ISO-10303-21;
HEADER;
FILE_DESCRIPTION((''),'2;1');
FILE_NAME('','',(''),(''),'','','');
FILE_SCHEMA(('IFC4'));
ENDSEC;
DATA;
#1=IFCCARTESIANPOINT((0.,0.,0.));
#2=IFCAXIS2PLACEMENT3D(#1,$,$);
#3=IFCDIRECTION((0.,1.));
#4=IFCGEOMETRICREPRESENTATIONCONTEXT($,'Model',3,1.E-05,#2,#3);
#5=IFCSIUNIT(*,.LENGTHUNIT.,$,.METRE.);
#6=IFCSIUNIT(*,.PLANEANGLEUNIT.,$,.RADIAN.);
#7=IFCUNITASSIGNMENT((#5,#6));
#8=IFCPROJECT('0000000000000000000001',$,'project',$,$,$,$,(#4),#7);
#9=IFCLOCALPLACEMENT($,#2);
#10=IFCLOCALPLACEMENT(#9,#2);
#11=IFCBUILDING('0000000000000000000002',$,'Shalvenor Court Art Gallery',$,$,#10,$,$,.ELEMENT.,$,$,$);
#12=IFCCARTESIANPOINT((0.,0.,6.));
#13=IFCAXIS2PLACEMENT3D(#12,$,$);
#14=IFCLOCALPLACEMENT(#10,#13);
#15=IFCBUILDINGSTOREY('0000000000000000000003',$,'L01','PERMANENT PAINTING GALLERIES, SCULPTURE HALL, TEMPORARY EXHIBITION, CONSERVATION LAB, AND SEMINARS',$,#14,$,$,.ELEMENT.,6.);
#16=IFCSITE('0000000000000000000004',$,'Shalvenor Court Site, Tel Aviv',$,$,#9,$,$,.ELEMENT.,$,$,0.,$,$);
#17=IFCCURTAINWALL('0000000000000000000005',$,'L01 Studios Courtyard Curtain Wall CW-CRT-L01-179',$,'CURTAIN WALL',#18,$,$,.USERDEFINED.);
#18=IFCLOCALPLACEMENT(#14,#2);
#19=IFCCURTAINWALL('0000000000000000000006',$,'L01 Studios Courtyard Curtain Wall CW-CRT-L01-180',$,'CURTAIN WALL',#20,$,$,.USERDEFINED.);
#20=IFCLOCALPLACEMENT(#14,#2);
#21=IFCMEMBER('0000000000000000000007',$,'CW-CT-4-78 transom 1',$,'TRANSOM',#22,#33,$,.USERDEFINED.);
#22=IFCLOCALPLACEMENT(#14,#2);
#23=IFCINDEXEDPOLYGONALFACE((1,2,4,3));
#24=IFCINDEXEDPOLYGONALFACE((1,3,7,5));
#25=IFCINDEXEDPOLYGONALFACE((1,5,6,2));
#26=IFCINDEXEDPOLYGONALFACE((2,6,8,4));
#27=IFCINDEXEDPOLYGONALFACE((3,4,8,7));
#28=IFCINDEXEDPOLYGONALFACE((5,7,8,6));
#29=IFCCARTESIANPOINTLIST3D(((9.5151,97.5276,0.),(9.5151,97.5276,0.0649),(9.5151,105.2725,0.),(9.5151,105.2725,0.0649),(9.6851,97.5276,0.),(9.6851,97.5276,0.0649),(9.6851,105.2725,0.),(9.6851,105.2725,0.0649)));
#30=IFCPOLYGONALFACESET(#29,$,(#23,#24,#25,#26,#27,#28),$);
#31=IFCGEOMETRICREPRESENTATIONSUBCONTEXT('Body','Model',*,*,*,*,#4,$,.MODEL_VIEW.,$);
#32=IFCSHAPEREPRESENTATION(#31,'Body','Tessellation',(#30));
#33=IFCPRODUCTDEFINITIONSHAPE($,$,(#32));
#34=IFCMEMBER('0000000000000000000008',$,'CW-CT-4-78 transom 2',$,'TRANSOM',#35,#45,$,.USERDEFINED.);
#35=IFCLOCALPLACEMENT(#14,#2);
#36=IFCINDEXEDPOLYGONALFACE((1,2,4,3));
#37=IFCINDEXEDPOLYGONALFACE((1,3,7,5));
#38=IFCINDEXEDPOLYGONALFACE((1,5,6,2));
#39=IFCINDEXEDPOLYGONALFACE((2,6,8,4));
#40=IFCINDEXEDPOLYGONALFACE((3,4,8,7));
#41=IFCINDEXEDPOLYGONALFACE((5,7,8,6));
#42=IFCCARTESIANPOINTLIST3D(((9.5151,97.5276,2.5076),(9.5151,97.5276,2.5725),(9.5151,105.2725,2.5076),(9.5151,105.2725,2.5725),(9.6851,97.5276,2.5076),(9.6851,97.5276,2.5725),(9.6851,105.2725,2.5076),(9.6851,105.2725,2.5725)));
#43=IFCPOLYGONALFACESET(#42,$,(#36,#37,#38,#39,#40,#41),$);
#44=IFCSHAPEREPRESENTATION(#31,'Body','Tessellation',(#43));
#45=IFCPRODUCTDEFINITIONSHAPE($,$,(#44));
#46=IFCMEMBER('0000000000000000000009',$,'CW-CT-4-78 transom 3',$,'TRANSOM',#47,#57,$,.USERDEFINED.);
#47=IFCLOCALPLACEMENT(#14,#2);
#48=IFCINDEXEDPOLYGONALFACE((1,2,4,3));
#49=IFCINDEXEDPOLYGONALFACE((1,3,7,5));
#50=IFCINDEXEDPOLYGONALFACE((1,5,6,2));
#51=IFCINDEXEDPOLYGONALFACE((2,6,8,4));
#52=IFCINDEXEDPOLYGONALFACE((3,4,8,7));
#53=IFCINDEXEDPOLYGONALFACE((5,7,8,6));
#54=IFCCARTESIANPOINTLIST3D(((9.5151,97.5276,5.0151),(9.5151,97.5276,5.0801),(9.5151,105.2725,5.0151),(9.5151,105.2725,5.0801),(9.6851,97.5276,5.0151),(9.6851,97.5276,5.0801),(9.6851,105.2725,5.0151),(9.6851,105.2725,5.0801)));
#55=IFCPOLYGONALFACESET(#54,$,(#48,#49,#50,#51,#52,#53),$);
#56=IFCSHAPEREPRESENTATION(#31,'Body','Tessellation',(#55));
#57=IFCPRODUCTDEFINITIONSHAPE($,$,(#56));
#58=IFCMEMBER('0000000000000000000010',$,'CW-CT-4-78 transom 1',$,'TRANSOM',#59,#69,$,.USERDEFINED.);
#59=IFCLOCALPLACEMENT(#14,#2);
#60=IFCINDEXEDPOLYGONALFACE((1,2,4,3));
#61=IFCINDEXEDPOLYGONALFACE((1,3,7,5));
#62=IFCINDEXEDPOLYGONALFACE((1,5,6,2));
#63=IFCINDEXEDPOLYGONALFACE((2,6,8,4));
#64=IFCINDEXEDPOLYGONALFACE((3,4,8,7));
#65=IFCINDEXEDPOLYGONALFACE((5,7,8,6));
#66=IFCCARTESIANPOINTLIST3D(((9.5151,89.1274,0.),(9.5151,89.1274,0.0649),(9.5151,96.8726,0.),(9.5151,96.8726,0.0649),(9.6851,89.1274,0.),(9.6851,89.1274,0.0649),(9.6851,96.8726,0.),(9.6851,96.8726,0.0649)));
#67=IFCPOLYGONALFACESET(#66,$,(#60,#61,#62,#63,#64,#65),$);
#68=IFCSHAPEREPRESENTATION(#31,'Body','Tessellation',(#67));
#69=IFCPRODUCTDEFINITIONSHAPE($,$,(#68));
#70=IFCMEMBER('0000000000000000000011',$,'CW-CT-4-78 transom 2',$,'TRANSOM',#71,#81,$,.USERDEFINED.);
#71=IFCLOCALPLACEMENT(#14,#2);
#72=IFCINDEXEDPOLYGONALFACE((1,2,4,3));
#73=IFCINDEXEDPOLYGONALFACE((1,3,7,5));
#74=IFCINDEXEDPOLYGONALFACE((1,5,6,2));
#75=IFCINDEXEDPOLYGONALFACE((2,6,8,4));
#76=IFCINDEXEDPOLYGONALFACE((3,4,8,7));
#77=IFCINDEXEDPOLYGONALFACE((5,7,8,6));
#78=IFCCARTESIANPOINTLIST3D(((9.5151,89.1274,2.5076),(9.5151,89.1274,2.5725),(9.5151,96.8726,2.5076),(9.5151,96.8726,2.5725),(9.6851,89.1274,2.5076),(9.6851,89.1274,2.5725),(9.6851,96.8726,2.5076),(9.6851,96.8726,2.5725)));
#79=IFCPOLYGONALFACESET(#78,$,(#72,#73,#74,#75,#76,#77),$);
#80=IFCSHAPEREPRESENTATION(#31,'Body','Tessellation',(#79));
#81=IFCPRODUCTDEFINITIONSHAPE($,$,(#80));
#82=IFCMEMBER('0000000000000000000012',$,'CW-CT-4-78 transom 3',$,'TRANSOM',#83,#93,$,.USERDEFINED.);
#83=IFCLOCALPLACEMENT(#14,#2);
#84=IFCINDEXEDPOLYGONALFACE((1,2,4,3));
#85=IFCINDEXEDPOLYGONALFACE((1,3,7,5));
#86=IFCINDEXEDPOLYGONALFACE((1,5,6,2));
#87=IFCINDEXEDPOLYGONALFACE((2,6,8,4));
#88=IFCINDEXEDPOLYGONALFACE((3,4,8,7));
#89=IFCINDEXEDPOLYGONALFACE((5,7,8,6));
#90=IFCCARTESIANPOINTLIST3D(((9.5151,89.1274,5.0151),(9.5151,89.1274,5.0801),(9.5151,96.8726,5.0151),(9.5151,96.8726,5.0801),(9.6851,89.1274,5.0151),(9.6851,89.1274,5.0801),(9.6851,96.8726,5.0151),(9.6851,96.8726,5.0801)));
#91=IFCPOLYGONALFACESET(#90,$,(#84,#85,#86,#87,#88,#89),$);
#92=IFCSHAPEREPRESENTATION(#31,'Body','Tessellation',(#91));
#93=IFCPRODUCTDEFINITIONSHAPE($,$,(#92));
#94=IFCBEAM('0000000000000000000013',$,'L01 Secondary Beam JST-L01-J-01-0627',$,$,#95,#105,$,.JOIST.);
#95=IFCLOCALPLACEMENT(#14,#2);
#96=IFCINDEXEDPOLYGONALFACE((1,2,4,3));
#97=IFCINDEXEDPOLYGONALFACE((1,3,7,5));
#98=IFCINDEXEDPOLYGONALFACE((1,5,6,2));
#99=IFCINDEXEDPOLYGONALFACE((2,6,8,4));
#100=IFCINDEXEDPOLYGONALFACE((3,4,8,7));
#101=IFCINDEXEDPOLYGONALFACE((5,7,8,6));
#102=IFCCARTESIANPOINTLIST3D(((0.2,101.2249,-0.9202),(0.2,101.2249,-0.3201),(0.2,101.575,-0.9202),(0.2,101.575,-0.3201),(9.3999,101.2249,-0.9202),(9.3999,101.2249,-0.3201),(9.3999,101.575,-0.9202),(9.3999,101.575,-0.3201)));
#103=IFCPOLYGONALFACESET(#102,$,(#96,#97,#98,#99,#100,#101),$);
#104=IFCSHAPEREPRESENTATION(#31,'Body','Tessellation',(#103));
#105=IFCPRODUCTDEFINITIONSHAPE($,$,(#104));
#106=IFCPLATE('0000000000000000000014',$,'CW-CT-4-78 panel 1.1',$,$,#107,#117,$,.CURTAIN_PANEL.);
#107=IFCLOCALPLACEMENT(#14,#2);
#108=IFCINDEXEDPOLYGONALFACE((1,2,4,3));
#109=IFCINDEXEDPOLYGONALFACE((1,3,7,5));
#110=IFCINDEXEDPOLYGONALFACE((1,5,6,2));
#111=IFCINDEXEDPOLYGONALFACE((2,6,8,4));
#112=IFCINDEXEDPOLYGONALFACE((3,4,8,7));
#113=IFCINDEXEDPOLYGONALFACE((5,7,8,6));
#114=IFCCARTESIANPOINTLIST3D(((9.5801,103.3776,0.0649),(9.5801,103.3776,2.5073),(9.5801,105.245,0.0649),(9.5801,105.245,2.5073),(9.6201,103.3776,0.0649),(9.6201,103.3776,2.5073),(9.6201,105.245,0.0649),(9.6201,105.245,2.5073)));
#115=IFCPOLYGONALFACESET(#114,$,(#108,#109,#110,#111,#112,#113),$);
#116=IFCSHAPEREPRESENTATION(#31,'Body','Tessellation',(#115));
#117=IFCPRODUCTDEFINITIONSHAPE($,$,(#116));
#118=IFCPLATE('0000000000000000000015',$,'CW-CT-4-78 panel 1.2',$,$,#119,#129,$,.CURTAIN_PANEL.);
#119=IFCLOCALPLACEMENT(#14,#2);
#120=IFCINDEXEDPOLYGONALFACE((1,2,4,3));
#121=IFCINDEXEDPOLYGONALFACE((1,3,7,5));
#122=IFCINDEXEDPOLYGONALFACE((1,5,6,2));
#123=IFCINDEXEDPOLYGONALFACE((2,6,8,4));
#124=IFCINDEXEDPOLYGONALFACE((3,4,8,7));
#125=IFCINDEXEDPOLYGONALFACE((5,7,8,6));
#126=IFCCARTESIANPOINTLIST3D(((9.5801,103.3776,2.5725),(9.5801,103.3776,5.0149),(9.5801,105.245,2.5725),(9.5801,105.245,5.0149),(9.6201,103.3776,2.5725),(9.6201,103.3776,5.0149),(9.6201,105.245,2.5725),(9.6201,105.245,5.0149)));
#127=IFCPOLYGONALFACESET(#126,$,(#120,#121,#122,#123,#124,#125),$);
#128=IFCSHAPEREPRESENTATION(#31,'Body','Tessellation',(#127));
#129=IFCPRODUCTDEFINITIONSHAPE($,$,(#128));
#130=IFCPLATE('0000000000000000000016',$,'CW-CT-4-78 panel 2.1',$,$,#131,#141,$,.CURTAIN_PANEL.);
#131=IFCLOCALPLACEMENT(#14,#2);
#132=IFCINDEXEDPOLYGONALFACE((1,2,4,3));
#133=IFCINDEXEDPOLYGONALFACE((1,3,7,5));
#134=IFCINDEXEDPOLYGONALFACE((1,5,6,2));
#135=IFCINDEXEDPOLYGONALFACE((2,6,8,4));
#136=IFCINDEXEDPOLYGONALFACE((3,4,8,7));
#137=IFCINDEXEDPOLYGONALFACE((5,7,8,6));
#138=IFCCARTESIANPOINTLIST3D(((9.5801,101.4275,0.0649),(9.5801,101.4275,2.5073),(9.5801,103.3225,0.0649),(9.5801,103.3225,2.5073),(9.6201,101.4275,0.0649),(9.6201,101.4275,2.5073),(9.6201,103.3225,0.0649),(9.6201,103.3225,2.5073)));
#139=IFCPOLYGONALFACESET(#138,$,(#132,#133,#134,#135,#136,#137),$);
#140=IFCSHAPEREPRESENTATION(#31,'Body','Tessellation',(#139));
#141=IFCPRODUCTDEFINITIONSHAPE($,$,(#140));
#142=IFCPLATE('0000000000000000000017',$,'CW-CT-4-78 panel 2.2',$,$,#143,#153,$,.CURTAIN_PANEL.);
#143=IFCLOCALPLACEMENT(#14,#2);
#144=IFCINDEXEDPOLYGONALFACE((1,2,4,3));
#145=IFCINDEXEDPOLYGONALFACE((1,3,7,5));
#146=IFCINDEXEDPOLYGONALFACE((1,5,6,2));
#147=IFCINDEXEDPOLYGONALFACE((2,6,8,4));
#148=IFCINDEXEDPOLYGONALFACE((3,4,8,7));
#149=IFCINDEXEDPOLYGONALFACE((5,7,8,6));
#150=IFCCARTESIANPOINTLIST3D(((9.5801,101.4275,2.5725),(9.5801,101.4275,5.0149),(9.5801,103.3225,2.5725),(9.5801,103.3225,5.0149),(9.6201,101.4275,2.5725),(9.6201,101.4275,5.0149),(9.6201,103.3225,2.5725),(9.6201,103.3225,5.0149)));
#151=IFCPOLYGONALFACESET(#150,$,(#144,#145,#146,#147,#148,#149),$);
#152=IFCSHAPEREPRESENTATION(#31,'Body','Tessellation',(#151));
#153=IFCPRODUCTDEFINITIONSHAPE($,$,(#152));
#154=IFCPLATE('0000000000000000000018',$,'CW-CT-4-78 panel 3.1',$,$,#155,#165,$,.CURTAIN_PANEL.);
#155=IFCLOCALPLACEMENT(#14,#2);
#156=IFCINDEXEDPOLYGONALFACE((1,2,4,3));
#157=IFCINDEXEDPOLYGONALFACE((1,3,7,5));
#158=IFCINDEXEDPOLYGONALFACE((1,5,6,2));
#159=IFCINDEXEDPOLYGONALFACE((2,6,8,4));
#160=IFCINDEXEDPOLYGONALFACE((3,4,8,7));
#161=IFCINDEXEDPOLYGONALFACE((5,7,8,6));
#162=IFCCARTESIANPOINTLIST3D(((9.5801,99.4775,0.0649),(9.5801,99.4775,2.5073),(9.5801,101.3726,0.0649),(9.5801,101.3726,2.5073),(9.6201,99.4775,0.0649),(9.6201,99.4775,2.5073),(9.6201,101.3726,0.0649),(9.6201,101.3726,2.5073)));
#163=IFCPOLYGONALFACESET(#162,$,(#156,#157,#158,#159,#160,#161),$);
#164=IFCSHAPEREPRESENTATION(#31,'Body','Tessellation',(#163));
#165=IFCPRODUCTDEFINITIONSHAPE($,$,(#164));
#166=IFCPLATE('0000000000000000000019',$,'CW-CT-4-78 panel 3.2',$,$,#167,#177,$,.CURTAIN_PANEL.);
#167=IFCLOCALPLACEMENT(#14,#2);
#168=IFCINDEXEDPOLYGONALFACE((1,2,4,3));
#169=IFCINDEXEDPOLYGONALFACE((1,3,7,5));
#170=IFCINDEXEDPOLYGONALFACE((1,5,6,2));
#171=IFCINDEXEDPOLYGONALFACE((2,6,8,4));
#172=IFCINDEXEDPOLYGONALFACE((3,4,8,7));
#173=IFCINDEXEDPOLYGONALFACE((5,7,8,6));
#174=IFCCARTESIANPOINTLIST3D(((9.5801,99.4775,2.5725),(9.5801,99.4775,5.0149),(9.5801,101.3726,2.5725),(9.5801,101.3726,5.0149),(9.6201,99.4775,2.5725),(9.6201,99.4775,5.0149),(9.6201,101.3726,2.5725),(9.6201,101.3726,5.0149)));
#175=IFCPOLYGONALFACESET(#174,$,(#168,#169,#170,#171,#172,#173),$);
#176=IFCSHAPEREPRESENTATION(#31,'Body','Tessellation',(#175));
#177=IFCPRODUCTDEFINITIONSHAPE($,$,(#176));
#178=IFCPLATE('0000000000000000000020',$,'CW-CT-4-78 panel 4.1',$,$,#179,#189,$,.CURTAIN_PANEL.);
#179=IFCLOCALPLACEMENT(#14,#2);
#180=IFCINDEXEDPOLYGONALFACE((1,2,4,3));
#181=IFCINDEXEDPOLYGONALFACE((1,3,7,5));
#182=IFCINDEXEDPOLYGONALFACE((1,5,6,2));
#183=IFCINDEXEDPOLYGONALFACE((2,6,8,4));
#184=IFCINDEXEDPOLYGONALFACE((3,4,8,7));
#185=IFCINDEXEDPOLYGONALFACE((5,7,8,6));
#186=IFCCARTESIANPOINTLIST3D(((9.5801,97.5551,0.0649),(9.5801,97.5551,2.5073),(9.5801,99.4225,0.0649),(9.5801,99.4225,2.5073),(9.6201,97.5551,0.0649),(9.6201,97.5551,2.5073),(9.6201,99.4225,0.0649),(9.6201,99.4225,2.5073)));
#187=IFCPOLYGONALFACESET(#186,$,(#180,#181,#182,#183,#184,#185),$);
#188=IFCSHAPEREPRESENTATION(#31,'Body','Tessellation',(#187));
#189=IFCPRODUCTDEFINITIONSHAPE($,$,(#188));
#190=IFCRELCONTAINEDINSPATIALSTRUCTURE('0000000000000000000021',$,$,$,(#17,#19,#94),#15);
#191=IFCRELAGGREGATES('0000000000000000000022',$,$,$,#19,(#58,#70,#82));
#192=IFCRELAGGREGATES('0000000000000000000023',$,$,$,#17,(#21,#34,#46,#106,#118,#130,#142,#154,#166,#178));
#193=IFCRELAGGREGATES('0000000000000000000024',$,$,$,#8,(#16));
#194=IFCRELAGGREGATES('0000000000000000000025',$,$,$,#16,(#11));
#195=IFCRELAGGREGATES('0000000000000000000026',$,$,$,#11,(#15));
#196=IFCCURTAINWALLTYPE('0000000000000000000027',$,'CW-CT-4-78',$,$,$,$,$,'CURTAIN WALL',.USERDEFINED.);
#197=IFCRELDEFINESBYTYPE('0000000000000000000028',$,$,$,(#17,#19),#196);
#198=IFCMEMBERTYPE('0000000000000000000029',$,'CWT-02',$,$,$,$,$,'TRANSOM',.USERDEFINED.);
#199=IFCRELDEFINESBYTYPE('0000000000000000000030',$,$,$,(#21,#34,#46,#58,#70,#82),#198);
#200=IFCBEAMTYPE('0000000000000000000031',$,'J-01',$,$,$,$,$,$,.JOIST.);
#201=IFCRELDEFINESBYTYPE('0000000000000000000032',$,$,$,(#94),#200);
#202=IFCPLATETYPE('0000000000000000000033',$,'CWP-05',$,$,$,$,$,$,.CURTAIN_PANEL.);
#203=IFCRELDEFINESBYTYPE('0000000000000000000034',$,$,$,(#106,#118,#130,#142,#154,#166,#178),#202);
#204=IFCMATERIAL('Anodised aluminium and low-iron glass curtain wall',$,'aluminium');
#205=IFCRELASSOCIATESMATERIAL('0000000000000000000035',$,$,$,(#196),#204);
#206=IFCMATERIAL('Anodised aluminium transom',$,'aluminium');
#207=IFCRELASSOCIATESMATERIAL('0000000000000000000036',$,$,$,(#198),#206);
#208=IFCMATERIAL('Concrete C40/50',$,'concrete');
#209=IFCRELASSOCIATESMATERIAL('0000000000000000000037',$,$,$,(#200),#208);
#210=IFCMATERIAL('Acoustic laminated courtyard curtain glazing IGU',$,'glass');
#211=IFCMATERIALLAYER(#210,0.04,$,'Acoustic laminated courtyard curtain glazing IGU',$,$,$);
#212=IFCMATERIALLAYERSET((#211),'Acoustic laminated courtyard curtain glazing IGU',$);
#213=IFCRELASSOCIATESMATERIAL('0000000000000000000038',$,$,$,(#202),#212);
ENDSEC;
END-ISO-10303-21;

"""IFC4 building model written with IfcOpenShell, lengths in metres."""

from ifc_helpers import new_model, si_unit, direction, frame, origin, origin_2d, place, context, subcontext, project, spatial, rectangle, extrude, material, layer, layer_set, material_profile, profile_set, type_object, element, aggregate, save


model = new_model("IFC4")

# Units and contexts
model_context = context("Model", 3, precision=1e-05, world=origin(), true_north=direction((0.0, 1.0)))
body_context = subcontext(model_context, "Body", "Model", "MODEL_VIEW")
ifc_project = project(units=[si_unit("LENGTHUNIT", "METRE"), si_unit("PLANEANGLEUNIT", "RADIAN")], contexts=[model_context])

# Site, building, storey
site_placement = place(None, origin())
site = spatial("IfcSite", under=ifc_project, at=site_placement, Name="Shalvenor Court Site, Tel Aviv", CompositionType="ELEMENT", RefElevation=0.0)
building_placement = place(site_placement, origin())
building = spatial("IfcBuilding", under=site, at=building_placement, Name="Shalvenor Court Art Gallery", CompositionType="ELEMENT")
storey_placement = place(building_placement, frame((0.0, 0.0, 6.0)))
storey = spatial("IfcBuildingStorey", under=building, at=storey_placement, Name="L01", Description="PERMANENT PAINTING GALLERIES, SCULPTURE HALL, TEMPORARY EXHIBITION, CONSERVATION LAB, AND SEMINARS", CompositionType="ELEMENT", Elevation=6.0)

# Curtain wall
ifc_material_1 = material(Name="Anodised aluminium and low-iron glass curtain wall", Category="aluminium")
curtain_wall_type_1 = type_object("IfcCurtainWallType", Name="CW-CT-4-78", ElementType="CURTAIN WALL", PredefinedType="USERDEFINED", material=ifc_material_1)
curtain_wall_1_placement = place(storey_placement, origin())
curtain_wall_1 = element("IfcCurtainWall", 1, at=curtain_wall_1_placement, inside=storey, type_object=curtain_wall_type_1, Name="L01 Studios Courtyard Curtain Wall CW-CRT-L01-179", ObjectType="CURTAIN WALL", PredefinedType="USERDEFINED")

# Curtain wall
curtain_wall_2_placement = place(storey_placement, origin())
curtain_wall_2 = element("IfcCurtainWall", 2, at=curtain_wall_2_placement, inside=storey, type_object=curtain_wall_type_1, Name="L01 Studios Courtyard Curtain Wall CW-CRT-L01-180", ObjectType="CURTAIN WALL", PredefinedType="USERDEFINED")

# Members
ifc_material_2 = material(Name="Anodised aluminium transom", Category="aluminium")
ifc_material_profile_1 = material_profile(ifc_material_2, rectangle(XDim=0.1699, YDim=0.0649, at=origin_2d()), Name="CWT-02")
ifc_profile_set_1 = profile_set([ifc_material_profile_1], Name="Anodised aluminium transom")
member_type_1 = type_object("IfcMemberType", Name="CWT-02", ElementType="TRANSOM", PredefinedType="USERDEFINED", material=ifc_profile_set_1)
member_1_placement = place(storey_placement, frame((9.6001, 105.2725, 0.0325), z_axis=(0.0, -1.0, 0.0), x_axis=(1.0, 0.0, 0.0)))
member_1 = element("IfcMember", 3, at=member_1_placement, type_object=member_type_1, Name="CW-CT-4-78 transom 1", ObjectType="TRANSOM", PredefinedType="USERDEFINED", context=body_context, shape_type="SweptSolid", body=[
    extrude(rectangle(XDim=0.1699, YDim=0.0649, at=origin_2d()), origin(), (0.0, 0.0, 1.0), 7.7449),
])
member_2_placement = place(storey_placement, frame((9.6001, 105.2725, 2.54), z_axis=(0.0, -1.0, 0.0), x_axis=(1.0, 0.0, 0.0)))
member_2 = element("IfcMember", 4, at=member_2_placement, type_object=member_type_1, Name="CW-CT-4-78 transom 2", ObjectType="TRANSOM", PredefinedType="USERDEFINED", context=body_context, shape_type="SweptSolid", body=[
    extrude(rectangle(XDim=0.1699, YDim=0.0649, at=origin_2d()), origin(), (0.0, 0.0, 1.0), 7.7449),
])
member_3_placement = place(storey_placement, frame((9.6001, 105.2725, 5.0476), z_axis=(0.0, -1.0, 0.0), x_axis=(1.0, 0.0, 0.0)))
member_3 = element("IfcMember", 5, at=member_3_placement, type_object=member_type_1, Name="CW-CT-4-78 transom 3", ObjectType="TRANSOM", PredefinedType="USERDEFINED", context=body_context, shape_type="SweptSolid", body=[
    extrude(rectangle(XDim=0.1699, YDim=0.0649, at=origin_2d()), origin(), (0.0, 0.0, 1.0), 7.7449),
])
member_4_placement = place(storey_placement, frame((9.6001, 96.8726, 0.0325), z_axis=(0.0, -1.0, 0.0), x_axis=(1.0, 0.0, 0.0)))
member_4 = element("IfcMember", 6, at=member_4_placement, type_object=member_type_1, Name="CW-CT-4-78 transom 1", ObjectType="TRANSOM", PredefinedType="USERDEFINED", context=body_context, shape_type="SweptSolid", body=[
    extrude(rectangle(XDim=0.1699, YDim=0.0649, at=origin_2d()), origin(), (0.0, 0.0, 1.0), 7.7451),
])
member_5_placement = place(storey_placement, frame((9.6001, 96.8726, 2.54), z_axis=(0.0, -1.0, 0.0), x_axis=(1.0, 0.0, 0.0)))
member_5 = element("IfcMember", 7, at=member_5_placement, type_object=member_type_1, Name="CW-CT-4-78 transom 2", ObjectType="TRANSOM", PredefinedType="USERDEFINED", context=body_context, shape_type="SweptSolid", body=[
    extrude(rectangle(XDim=0.1699, YDim=0.0649, at=origin_2d()), origin(), (0.0, 0.0, 1.0), 7.7451),
])
member_6_placement = place(storey_placement, frame((9.6001, 96.8726, 5.0476), z_axis=(0.0, -1.0, 0.0), x_axis=(1.0, 0.0, 0.0)))
member_6 = element("IfcMember", 8, at=member_6_placement, type_object=member_type_1, Name="CW-CT-4-78 transom 3", ObjectType="TRANSOM", PredefinedType="USERDEFINED", context=body_context, shape_type="SweptSolid", body=[
    extrude(rectangle(XDim=0.1699, YDim=0.0649, at=origin_2d()), origin(), (0.0, 0.0, 1.0), 7.7451),
])
aggregate(curtain_wall_2, [member_4, member_5, member_6])

# Beam
ifc_material_3 = material(Name="Concrete C40/50", Category="concrete")
ifc_material_profile_2 = material_profile(ifc_material_3, rectangle(XDim=0.3501, YDim=0.6001, at=origin_2d()), Name="RC 350x600")
ifc_profile_set_2 = profile_set([ifc_material_profile_2], Name="Concrete C40/50")
beam_type_1 = type_object("IfcBeamType", Name="J-01", PredefinedType="JOIST", material=ifc_profile_set_2)
beam_placement = place(storey_placement, frame((0.2, 101.3999, -0.6201), z_axis=(1.0, 0.0, 0.0), x_axis=(0.0, 1.0, 0.0)))
element("IfcBeam", 9, at=beam_placement, inside=storey, type_object=beam_type_1, Name="L01 Secondary Beam JST-L01-J-01-0627", PredefinedType="JOIST", context=body_context, shape_type="SweptSolid", body=[
    extrude(rectangle(XDim=0.3501, YDim=0.6001, at=origin_2d()), origin(), (0.0, 0.0, 1.0), 9.2),
])

# Plates
ifc_material_4 = material(Name="Acoustic laminated courtyard curtain glazing IGU", Category="glass")
ifc_layer_1 = layer(ifc_material_4, 0.04, Name="Acoustic laminated courtyard curtain glazing IGU")
ifc_layer_set_1 = layer_set([ifc_layer_1], Name="Acoustic laminated courtyard curtain glazing IGU")
plate_type = type_object("IfcPlateType", Name="CWP-05", PredefinedType="CURTAIN_PANEL", material=ifc_layer_set_1)
plate_1_placement = place(storey_placement, frame((9.6001, 104.3113, 0.0649), z_axis=(0.0, 0.0, 1.0), x_axis=(0.0, -1.0, 0.0)))
plate_1 = element("IfcPlate", 10, at=plate_1_placement, type_object=plate_type, Name="CW-CT-4-78 panel 1.1", PredefinedType="CURTAIN_PANEL", context=body_context, shape_type="SweptSolid", body=[
    extrude(rectangle(XDim=1.8674, YDim=0.04, at=origin_2d()), origin(), (0.0, 0.0, 1.0), 2.4424),
])
plate_2_placement = place(storey_placement, frame((9.6001, 104.3113, 2.5725), z_axis=(0.0, 0.0, 1.0), x_axis=(0.0, -1.0, 0.0)))
plate_2 = element("IfcPlate", 11, at=plate_2_placement, type_object=plate_type, Name="CW-CT-4-78 panel 1.2", PredefinedType="CURTAIN_PANEL", context=body_context, shape_type="SweptSolid", body=[
    extrude(rectangle(XDim=1.8674, YDim=0.04, at=origin_2d()), origin(), (0.0, 0.0, 1.0), 2.4424),
])
plate_3_placement = place(storey_placement, frame((9.6001, 102.375, 0.0649), z_axis=(0.0, 0.0, 1.0), x_axis=(0.0, -1.0, 0.0)))
plate_3 = element("IfcPlate", 12, at=plate_3_placement, type_object=plate_type, Name="CW-CT-4-78 panel 2.1", PredefinedType="CURTAIN_PANEL", context=body_context, shape_type="SweptSolid", body=[
    extrude(rectangle(XDim=1.895, YDim=0.04, at=origin_2d()), origin(), (0.0, 0.0, 1.0), 2.4424),
])
plate_4_placement = place(storey_placement, frame((9.6001, 102.375, 2.5725), z_axis=(0.0, 0.0, 1.0), x_axis=(0.0, -1.0, 0.0)))
plate_4 = element("IfcPlate", 13, at=plate_4_placement, type_object=plate_type, Name="CW-CT-4-78 panel 2.2", PredefinedType="CURTAIN_PANEL", context=body_context, shape_type="SweptSolid", body=[
    extrude(rectangle(XDim=1.895, YDim=0.04, at=origin_2d()), origin(), (0.0, 0.0, 1.0), 2.4424),
])
plate_5_placement = place(storey_placement, frame((9.6001, 100.425, 0.0649), z_axis=(0.0, 0.0, 1.0), x_axis=(0.0, -1.0, 0.0)))
plate_5 = element("IfcPlate", 14, at=plate_5_placement, type_object=plate_type, Name="CW-CT-4-78 panel 3.1", PredefinedType="CURTAIN_PANEL", context=body_context, shape_type="SweptSolid", body=[
    extrude(rectangle(XDim=1.895, YDim=0.04, at=origin_2d()), origin(), (0.0, 0.0, 1.0), 2.4424),
])
plate_6_placement = place(storey_placement, frame((9.6001, 100.425, 2.5725), z_axis=(0.0, 0.0, 1.0), x_axis=(0.0, -1.0, 0.0)))
plate_6 = element("IfcPlate", 15, at=plate_6_placement, type_object=plate_type, Name="CW-CT-4-78 panel 3.2", PredefinedType="CURTAIN_PANEL", context=body_context, shape_type="SweptSolid", body=[
    extrude(rectangle(XDim=1.895, YDim=0.04, at=origin_2d()), origin(), (0.0, 0.0, 1.0), 2.4424),
])
plate_7_placement = place(storey_placement, frame((9.6001, 98.4888, 0.0649), z_axis=(0.0, 0.0, 1.0), x_axis=(0.0, -1.0, 0.0)))
plate_7 = element("IfcPlate", 16, at=plate_7_placement, type_object=plate_type, Name="CW-CT-4-78 panel 4.1", PredefinedType="CURTAIN_PANEL", context=body_context, shape_type="SweptSolid", body=[
    extrude(rectangle(XDim=1.8674, YDim=0.04, at=origin_2d()), origin(), (0.0, 0.0, 1.0), 2.4424),
])
aggregate(curtain_wall_1, [member_1, member_2, member_3, plate_1, plate_2, plate_3, plate_4, plate_5, plate_6, plate_7])

save(model, "model.ifc")
